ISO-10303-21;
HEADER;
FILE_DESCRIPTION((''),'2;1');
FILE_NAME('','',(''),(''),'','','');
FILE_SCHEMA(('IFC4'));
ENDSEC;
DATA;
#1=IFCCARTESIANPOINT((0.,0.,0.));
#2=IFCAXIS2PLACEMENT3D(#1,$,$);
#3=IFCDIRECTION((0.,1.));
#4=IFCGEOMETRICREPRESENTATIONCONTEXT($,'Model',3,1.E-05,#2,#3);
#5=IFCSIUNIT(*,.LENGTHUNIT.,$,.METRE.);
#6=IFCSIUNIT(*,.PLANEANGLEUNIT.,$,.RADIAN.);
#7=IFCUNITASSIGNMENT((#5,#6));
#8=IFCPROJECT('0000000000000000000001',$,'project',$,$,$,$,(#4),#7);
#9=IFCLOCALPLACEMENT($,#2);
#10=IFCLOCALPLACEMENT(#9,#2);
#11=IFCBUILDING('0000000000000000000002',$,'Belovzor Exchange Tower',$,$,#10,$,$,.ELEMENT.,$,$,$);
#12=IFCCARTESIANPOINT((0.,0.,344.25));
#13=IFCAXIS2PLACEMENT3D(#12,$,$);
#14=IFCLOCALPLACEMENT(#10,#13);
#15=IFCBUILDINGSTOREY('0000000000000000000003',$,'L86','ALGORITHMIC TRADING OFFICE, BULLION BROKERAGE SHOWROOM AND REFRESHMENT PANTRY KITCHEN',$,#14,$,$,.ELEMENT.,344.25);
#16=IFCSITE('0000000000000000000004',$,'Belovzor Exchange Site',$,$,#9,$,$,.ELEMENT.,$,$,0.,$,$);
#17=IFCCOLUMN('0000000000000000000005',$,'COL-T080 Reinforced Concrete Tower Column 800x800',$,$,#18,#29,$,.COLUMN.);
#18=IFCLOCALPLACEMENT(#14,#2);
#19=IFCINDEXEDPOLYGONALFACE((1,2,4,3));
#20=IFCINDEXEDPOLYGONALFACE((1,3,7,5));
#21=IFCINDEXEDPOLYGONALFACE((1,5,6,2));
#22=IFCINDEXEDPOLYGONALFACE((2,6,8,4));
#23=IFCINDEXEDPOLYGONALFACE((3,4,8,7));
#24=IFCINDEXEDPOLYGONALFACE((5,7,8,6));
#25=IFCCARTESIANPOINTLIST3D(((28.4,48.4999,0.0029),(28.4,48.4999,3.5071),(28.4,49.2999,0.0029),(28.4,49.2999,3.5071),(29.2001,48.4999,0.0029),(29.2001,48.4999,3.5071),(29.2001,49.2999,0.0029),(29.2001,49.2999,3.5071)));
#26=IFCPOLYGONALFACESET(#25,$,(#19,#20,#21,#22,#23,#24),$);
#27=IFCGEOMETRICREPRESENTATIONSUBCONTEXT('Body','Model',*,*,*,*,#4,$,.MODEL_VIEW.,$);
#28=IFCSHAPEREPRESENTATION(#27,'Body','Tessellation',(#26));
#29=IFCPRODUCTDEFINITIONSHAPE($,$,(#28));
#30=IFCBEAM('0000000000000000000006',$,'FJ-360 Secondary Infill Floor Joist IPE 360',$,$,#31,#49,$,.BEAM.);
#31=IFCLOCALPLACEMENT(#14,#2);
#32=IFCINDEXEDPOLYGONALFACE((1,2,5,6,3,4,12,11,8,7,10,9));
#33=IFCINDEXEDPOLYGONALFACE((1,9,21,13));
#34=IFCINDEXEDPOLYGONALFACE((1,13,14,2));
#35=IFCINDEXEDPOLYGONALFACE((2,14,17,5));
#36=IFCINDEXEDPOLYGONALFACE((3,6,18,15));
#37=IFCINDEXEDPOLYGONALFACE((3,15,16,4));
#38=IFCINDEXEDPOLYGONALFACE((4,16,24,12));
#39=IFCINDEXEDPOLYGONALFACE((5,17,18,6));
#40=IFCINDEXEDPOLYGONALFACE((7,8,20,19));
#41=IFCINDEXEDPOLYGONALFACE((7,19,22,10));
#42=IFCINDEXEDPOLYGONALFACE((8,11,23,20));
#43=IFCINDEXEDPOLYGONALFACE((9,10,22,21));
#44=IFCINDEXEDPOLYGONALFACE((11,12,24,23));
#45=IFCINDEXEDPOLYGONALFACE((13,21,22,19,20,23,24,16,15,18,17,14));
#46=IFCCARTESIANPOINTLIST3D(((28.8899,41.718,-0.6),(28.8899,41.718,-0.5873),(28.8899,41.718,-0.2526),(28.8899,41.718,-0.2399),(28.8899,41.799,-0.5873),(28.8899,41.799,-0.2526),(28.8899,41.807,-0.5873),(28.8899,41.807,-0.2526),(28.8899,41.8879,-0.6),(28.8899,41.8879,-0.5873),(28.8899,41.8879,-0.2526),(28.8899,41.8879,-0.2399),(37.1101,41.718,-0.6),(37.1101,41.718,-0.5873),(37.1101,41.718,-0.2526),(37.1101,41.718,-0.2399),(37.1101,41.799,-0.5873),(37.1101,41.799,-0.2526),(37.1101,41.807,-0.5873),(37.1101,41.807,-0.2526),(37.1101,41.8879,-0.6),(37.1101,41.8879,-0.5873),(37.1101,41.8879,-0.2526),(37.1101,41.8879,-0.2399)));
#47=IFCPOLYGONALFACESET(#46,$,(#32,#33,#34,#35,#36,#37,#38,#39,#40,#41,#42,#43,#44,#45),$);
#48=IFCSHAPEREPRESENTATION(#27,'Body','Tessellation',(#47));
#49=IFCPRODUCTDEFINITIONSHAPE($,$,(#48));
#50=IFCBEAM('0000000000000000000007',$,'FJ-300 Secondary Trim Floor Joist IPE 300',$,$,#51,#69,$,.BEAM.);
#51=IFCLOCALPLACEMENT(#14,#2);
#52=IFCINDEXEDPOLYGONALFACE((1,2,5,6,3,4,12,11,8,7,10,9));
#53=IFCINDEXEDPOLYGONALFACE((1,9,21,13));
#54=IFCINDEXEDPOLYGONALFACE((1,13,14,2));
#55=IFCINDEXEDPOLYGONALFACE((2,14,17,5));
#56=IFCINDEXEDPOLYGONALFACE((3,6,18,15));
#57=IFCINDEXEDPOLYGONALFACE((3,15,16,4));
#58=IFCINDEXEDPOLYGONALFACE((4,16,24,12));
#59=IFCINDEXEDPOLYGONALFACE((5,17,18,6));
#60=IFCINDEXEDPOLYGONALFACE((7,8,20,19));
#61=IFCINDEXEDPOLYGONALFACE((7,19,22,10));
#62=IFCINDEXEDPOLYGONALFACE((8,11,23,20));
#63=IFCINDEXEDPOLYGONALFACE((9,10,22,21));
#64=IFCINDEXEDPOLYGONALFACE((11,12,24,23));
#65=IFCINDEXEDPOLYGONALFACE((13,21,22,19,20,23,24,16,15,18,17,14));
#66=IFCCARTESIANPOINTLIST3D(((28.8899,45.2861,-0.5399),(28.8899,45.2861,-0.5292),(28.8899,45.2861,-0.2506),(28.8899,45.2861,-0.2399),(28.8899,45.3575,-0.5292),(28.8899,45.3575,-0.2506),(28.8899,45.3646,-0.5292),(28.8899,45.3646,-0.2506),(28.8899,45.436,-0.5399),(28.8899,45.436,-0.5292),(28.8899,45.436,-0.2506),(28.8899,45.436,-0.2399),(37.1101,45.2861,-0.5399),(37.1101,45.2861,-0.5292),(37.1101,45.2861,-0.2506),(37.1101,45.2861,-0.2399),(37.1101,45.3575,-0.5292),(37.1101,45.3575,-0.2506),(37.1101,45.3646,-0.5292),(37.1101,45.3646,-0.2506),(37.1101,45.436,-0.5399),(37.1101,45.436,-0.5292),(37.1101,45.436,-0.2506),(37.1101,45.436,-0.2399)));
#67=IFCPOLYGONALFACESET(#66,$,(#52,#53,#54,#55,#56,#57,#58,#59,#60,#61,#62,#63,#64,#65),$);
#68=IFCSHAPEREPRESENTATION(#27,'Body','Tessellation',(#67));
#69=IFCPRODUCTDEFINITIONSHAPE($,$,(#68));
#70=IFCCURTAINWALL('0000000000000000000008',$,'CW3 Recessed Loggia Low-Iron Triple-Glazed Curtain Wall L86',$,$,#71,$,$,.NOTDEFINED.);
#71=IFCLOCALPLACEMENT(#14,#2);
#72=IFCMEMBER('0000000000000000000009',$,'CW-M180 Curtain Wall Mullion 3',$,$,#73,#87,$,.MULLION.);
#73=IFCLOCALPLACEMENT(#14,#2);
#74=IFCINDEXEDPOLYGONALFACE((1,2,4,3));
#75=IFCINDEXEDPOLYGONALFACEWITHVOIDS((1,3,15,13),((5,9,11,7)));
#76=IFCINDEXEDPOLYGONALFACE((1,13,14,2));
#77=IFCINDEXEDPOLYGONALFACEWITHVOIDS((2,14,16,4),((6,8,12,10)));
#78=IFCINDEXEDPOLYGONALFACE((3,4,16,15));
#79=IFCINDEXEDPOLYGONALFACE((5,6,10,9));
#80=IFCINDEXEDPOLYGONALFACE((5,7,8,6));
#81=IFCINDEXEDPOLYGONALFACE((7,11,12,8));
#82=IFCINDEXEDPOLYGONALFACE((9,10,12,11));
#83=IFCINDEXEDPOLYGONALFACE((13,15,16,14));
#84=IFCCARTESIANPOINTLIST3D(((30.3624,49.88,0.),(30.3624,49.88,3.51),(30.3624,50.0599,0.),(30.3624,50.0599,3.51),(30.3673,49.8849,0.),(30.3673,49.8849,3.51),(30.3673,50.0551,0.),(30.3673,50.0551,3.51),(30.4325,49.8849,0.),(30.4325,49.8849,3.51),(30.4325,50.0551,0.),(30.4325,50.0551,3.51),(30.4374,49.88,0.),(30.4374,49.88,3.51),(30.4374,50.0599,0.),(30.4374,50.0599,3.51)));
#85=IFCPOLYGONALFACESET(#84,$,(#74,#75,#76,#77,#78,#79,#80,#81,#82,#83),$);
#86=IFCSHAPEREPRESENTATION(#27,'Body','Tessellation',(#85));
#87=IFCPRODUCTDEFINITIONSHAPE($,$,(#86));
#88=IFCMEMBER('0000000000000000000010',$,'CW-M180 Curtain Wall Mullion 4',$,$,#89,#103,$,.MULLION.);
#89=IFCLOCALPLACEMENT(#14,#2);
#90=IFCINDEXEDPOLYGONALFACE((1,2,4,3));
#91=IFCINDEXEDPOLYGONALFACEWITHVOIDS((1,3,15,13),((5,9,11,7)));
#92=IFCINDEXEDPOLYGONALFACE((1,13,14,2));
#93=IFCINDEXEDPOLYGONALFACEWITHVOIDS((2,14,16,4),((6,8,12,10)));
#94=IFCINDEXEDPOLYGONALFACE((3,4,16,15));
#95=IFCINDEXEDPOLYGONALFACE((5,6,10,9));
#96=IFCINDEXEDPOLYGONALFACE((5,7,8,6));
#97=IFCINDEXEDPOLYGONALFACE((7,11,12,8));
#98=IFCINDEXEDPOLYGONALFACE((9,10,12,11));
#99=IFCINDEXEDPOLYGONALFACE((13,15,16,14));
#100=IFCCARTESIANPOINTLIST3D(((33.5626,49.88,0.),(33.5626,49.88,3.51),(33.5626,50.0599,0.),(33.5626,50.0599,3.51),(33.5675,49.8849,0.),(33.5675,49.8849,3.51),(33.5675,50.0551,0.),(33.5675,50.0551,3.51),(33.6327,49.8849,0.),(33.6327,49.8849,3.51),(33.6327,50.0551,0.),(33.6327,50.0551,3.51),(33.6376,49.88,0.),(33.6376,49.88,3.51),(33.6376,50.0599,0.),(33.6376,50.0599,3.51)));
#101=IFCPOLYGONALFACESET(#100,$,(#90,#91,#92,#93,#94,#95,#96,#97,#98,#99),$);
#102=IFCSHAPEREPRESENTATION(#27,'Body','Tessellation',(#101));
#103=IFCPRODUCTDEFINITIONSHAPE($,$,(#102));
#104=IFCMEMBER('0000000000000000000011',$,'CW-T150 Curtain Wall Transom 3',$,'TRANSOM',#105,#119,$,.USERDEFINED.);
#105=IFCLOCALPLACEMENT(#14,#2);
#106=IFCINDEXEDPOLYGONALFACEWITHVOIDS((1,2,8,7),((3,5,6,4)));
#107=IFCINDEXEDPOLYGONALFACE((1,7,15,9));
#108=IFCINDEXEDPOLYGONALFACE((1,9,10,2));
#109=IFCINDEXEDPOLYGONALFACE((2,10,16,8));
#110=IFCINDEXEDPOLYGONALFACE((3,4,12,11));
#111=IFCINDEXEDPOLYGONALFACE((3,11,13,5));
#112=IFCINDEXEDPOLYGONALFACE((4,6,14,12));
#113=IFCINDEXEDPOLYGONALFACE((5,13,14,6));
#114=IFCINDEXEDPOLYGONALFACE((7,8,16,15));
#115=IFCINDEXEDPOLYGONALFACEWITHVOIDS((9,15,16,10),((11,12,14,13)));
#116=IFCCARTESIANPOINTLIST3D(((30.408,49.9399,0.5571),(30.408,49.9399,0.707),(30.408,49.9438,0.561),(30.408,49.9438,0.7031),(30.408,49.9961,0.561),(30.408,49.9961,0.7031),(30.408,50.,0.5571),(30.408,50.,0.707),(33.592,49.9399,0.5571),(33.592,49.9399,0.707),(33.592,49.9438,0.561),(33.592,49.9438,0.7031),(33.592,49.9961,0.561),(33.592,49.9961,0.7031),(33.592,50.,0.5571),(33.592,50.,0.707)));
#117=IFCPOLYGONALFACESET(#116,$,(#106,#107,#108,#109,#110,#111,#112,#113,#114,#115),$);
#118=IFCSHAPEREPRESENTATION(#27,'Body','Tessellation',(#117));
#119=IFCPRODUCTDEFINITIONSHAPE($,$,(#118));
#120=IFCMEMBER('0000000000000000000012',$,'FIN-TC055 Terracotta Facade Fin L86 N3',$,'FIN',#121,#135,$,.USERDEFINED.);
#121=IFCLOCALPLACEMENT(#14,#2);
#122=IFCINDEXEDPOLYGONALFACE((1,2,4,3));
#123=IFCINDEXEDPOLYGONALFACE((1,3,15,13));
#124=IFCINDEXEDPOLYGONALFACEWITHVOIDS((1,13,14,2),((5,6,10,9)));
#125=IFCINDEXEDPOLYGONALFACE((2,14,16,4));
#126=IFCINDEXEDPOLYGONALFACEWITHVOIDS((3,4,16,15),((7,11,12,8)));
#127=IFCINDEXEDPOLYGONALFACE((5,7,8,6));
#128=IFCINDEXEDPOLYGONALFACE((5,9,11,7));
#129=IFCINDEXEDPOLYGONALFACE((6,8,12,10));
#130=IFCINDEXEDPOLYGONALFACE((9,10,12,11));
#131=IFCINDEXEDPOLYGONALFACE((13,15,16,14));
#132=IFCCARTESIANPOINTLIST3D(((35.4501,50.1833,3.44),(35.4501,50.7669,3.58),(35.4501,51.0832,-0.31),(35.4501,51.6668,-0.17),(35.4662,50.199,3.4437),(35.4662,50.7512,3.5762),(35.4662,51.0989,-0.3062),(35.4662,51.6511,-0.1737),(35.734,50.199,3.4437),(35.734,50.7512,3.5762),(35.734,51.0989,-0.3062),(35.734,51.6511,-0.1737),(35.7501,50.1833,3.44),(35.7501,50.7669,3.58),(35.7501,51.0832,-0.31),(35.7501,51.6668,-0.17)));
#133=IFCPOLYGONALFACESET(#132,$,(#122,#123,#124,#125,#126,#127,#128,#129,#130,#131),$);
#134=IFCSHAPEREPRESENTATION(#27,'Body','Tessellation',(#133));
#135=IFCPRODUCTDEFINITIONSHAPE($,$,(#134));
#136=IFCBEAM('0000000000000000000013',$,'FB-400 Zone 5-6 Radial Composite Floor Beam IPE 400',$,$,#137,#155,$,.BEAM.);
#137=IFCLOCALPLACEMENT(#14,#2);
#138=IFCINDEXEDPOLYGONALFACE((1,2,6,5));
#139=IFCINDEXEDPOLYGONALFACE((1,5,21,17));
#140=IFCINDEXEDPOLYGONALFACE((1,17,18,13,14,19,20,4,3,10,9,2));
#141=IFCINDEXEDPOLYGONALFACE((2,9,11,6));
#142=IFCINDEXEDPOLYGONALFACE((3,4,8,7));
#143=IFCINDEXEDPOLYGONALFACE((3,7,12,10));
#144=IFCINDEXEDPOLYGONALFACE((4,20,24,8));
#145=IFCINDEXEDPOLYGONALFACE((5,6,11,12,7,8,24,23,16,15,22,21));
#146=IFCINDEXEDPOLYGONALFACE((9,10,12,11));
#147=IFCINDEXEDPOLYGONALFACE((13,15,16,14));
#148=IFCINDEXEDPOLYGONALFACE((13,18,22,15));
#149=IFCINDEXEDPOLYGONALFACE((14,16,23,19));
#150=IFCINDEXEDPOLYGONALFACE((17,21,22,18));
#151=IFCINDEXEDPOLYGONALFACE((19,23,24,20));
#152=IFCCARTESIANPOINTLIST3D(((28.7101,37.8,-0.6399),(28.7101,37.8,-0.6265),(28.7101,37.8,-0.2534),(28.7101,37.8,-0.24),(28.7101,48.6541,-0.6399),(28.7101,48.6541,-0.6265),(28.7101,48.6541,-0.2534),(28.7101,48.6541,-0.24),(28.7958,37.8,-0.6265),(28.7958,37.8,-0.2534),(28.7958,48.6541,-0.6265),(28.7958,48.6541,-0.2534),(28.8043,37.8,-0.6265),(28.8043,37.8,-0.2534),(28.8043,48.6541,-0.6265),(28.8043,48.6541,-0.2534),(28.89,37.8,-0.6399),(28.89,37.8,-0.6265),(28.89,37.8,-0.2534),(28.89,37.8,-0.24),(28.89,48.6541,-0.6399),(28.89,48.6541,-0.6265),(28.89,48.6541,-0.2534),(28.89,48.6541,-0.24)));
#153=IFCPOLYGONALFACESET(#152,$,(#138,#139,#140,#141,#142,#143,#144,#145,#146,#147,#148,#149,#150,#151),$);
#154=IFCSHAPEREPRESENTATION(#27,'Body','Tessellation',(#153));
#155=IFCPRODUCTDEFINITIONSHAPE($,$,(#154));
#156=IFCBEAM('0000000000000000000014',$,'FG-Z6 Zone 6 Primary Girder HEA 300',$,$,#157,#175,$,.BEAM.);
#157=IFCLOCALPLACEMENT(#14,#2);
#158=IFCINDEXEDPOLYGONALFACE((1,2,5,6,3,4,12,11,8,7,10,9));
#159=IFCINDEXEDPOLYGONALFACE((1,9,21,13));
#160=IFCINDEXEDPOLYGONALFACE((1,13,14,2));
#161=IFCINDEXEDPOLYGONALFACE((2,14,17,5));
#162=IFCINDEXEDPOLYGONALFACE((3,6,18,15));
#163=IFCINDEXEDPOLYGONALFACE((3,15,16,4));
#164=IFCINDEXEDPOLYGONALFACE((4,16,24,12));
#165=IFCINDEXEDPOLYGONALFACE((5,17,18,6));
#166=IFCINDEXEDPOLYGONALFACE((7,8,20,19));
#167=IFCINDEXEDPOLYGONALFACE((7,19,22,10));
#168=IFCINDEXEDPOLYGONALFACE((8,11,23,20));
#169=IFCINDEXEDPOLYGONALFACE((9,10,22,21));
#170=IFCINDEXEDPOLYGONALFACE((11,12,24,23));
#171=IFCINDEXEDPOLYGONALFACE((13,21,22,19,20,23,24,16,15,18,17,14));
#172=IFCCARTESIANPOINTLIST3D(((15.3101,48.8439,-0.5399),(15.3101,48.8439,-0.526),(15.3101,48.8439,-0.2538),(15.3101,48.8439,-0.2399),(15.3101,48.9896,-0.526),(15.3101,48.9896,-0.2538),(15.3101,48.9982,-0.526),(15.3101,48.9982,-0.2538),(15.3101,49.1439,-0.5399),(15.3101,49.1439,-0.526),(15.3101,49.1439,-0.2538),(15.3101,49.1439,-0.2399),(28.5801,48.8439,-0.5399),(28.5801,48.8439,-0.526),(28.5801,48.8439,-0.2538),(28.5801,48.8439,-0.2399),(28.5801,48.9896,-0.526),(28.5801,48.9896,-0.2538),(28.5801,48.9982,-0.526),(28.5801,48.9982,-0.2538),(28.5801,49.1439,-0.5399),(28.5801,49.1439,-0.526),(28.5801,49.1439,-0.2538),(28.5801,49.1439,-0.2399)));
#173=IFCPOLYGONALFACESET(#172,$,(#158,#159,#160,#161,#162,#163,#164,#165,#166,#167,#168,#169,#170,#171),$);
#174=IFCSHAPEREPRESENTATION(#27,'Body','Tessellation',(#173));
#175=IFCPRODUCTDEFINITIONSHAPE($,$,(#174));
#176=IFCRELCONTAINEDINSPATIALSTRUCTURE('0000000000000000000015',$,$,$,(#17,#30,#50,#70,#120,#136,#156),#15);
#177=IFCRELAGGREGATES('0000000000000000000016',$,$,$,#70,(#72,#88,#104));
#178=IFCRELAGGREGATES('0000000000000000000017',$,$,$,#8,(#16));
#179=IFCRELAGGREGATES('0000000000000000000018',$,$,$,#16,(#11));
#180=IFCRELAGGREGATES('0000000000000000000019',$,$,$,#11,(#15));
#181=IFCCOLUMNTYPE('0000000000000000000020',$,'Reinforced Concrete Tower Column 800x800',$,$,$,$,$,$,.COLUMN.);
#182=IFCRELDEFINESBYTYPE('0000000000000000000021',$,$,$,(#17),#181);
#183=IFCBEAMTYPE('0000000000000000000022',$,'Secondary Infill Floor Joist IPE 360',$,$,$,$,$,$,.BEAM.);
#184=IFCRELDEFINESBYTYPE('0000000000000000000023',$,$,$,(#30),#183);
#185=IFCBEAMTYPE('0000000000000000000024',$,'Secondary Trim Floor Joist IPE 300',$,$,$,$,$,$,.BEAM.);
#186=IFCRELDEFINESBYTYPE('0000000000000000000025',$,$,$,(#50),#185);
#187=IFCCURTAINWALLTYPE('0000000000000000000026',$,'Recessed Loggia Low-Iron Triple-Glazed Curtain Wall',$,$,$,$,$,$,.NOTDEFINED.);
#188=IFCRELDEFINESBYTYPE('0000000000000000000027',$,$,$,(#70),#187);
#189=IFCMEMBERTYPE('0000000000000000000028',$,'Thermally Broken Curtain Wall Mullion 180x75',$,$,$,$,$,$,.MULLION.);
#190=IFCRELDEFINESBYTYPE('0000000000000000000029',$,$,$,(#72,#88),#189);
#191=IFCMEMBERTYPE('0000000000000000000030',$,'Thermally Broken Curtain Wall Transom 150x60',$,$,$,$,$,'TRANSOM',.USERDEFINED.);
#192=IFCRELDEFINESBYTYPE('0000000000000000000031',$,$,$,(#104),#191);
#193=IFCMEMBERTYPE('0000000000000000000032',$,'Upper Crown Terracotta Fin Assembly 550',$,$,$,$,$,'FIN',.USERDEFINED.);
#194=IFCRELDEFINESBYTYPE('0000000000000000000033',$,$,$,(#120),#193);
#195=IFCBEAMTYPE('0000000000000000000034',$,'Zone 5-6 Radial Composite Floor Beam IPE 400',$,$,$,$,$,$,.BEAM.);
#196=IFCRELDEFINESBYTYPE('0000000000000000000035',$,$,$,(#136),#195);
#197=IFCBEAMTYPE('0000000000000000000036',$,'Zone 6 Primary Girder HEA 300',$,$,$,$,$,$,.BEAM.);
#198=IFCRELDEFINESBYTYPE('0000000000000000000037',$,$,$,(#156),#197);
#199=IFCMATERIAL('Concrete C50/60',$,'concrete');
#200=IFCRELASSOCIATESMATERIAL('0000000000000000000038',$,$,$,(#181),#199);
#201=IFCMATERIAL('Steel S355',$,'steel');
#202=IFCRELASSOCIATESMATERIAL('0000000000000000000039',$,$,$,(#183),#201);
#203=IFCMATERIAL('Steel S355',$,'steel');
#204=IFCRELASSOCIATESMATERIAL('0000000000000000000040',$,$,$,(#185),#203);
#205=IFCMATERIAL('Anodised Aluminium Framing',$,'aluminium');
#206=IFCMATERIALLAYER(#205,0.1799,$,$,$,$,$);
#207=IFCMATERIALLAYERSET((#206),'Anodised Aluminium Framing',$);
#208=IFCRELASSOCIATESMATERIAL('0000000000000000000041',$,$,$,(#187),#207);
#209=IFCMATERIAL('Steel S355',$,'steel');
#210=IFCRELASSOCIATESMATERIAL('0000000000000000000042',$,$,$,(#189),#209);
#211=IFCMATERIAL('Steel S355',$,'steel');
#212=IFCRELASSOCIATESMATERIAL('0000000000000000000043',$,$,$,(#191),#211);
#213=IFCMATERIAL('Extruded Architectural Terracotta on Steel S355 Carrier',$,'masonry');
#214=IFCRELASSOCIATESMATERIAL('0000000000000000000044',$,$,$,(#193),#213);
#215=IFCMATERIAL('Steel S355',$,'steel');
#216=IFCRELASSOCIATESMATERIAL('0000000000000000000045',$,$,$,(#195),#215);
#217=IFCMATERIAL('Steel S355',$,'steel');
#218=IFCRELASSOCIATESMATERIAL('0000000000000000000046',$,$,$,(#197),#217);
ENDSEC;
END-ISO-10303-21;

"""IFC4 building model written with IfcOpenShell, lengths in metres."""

from ifc_helpers import new_model, si_unit, direction, frame, origin, origin_2d, place, context, subcontext, project, spatial, rectangle, hollow_rectangle, i_section, extrude, material, layer, layer_set, material_profile, profile_set, type_object, element, aggregate, save


model = new_model("IFC4")

# Units and contexts
model_context = context("Model", 3, precision=1e-05, world=origin(), true_north=direction((0.0, 1.0)))
body_context = subcontext(model_context, "Body", "Model", "MODEL_VIEW")
ifc_project = project(units=[si_unit("LENGTHUNIT", "METRE"), si_unit("PLANEANGLEUNIT", "RADIAN")], contexts=[model_context])

# Site, building, storey
site_placement = place(None, origin())
site = spatial("IfcSite", under=ifc_project, at=site_placement, Name="Belovzor Exchange Site", CompositionType="ELEMENT", RefElevation=0.0)
building_placement = place(site_placement, origin())
building = spatial("IfcBuilding", under=site, at=building_placement, Name="Belovzor Exchange Tower", CompositionType="ELEMENT")
storey_placement = place(building_placement, frame((0.0, 0.0, 344.25)))
storey = spatial("IfcBuildingStorey", under=building, at=storey_placement, Name="L86", Description="ALGORITHMIC TRADING OFFICE, BULLION BROKERAGE SHOWROOM AND REFRESHMENT PANTRY KITCHEN", CompositionType="ELEMENT", Elevation=344.25)

# Column
ifc_material_1 = material(Name="Concrete C50/60", Category="concrete")
ifc_material_profile_1 = material_profile(ifc_material_1, rectangle(XDim=0.8, YDim=0.8, at=origin_2d()))
ifc_profile_set_1 = profile_set([ifc_material_profile_1], Name="Concrete C50/60")
column_type = type_object("IfcColumnType", Name="Reinforced Concrete Tower Column 800x800", PredefinedType="COLUMN", material=ifc_profile_set_1)
column_placement = place(storey_placement, frame((28.8, 48.8999, 0.0029), z_axis=(0.0, 0.0, 1.0), x_axis=(1.0, 0.0, 0.0)))
element("IfcColumn", 1, at=column_placement, inside=storey, type_object=column_type, Name="COL-T080 Reinforced Concrete Tower Column 800x800", PredefinedType="COLUMN", context=body_context, shape_type="SweptSolid", body=[
    extrude(rectangle(XDim=0.8, YDim=0.8, at=origin_2d()), origin(), (0.0, 0.0, 1.0), 3.5042),
])

# Beams
ifc_material_2 = material(Name="Steel S355", Category="steel")
ifc_material_profile_2 = material_profile(ifc_material_2, i_section(OverallWidth=0.1699, OverallDepth=0.3601, WebThickness=0.0081, FlangeThickness=0.0127, at=origin_2d()))
ifc_profile_set_2 = profile_set([ifc_material_profile_2], Name="Steel S355")
beam_type_1 = type_object("IfcBeamType", Name="Secondary Infill Floor Joist IPE 360", PredefinedType="BEAM", material=ifc_profile_set_2)
beam_1_placement = place(storey_placement, frame((28.8899, 41.803, -0.4199), z_axis=(1.0, 0.0, 0.0), x_axis=(0.0, 1.0, 0.0)))
element("IfcBeam", 2, at=beam_1_placement, inside=storey, type_object=beam_type_1, Name="FJ-360 Secondary Infill Floor Joist IPE 360", PredefinedType="BEAM", context=body_context, shape_type="SweptSolid", body=[
    extrude(i_section(OverallWidth=0.1699, OverallDepth=0.3601, WebThickness=0.0081, FlangeThickness=0.0127, at=origin_2d()), origin(), (0.0, 0.0, 1.0), 8.2202),
])
ifc_material_3 = material(Name="Steel S355", Category="steel")
ifc_material_profile_3 = material_profile(ifc_material_3, i_section(OverallWidth=0.1499, OverallDepth=0.3, WebThickness=0.0071, FlangeThickness=0.0107, at=origin_2d()))
ifc_profile_set_3 = profile_set([ifc_material_profile_3], Name="Steel S355")
beam_type_2 = type_object("IfcBeamType", Name="Secondary Trim Floor Joist IPE 300", PredefinedType="BEAM", material=ifc_profile_set_3)
beam_2_placement = place(storey_placement, frame((28.8899, 45.3611, -0.3899), z_axis=(1.0, 0.0, 0.0), x_axis=(0.0, 1.0, 0.0)))
element("IfcBeam", 3, at=beam_2_placement, inside=storey, type_object=beam_type_2, Name="FJ-300 Secondary Trim Floor Joist IPE 300", PredefinedType="BEAM", context=body_context, shape_type="SweptSolid", body=[
    extrude(i_section(OverallWidth=0.1499, OverallDepth=0.3, WebThickness=0.0071, FlangeThickness=0.0107, at=origin_2d()), origin(), (0.0, 0.0, 1.0), 8.2202),
])

# Curtain wall, members
ifc_material_4 = material(Name="Anodised Aluminium Framing", Category="aluminium")
ifc_layer_1 = layer(ifc_material_4, 0.1799)
ifc_layer_set_1 = layer_set([ifc_layer_1], Name="Anodised Aluminium Framing")
curtain_wall_type = type_object("IfcCurtainWallType", Name="Recessed Loggia Low-Iron Triple-Glazed Curtain Wall", PredefinedType="NOTDEFINED", material=ifc_layer_set_1)
curtain_wall_placement = place(storey_placement, origin())
curtain_wall = element("IfcCurtainWall", 4, at=curtain_wall_placement, inside=storey, type_object=curtain_wall_type, Name="CW3 Recessed Loggia Low-Iron Triple-Glazed Curtain Wall L86", PredefinedType="NOTDEFINED")
ifc_material_5 = material(Name="Steel S355", Category="steel")
ifc_material_profile_4 = material_profile(ifc_material_5, hollow_rectangle(XDim=0.075, YDim=0.1799, WallThickness=0.0049, at=origin_2d()))
ifc_profile_set_4 = profile_set([ifc_material_profile_4], Name="Steel S355")
member_type_1 = type_object("IfcMemberType", Name="Thermally Broken Curtain Wall Mullion 180x75", PredefinedType="MULLION", material=ifc_profile_set_4)
member_1_placement = place(storey_placement, frame((30.3999, 49.97, 0.0), z_axis=(0.0, 0.0, 1.0), x_axis=(1.0, 0.0, 0.0)))
member_1 = element("IfcMember", 5, at=member_1_placement, type_object=member_type_1, Name="CW-M180 Curtain Wall Mullion 3", PredefinedType="MULLION", context=body_context, shape_type="SweptSolid", body=[
    extrude(hollow_rectangle(XDim=0.075, YDim=0.1799, WallThickness=0.0049, at=origin_2d()), origin(), (0.0, 0.0, 1.0), 3.51),
])
member_2_placement = place(storey_placement, frame((33.6001, 49.97, 0.0), z_axis=(0.0, 0.0, 1.0), x_axis=(1.0, 0.0, 0.0)))
member_2 = element("IfcMember", 6, at=member_2_placement, type_object=member_type_1, Name="CW-M180 Curtain Wall Mullion 4", PredefinedType="MULLION", context=body_context, shape_type="SweptSolid", body=[
    extrude(hollow_rectangle(XDim=0.075, YDim=0.1799, WallThickness=0.0049, at=origin_2d()), origin(), (0.0, 0.0, 1.0), 3.51),
])
ifc_material_6 = material(Name="Steel S355", Category="steel")
ifc_material_profile_5 = material_profile(ifc_material_6, hollow_rectangle(XDim=0.0601, YDim=0.1499, WallThickness=0.0039, at=origin_2d()))
ifc_profile_set_5 = profile_set([ifc_material_profile_5], Name="Steel S355")
member_type_2 = type_object("IfcMemberType", Name="Thermally Broken Curtain Wall Transom 150x60", ElementType="TRANSOM", PredefinedType="USERDEFINED", material=ifc_profile_set_5)
member_3_placement = place(storey_placement, frame((30.408, 49.97, 0.6321), z_axis=(1.0, 0.0, 0.0), x_axis=(0.0, 1.0, 0.0)))
member_3 = element("IfcMember", 7, at=member_3_placement, type_object=member_type_2, Name="CW-T150 Curtain Wall Transom 3", ObjectType="TRANSOM", PredefinedType="USERDEFINED", context=body_context, shape_type="SweptSolid", body=[
    extrude(hollow_rectangle(XDim=0.0601, YDim=0.1499, WallThickness=0.0039, at=origin_2d()), origin(), (0.0, 0.0, 1.0), 3.1841),
])

# Member
ifc_material_7 = material(Name="Extruded Architectural Terracotta on Steel S355 Carrier", Category="masonry")
ifc_material_profile_6 = material_profile(ifc_material_7, hollow_rectangle(XDim=0.3, YDim=0.6001, WallThickness=0.0161, at=origin_2d()))
ifc_profile_set_6 = profile_set([ifc_material_profile_6], Name="Extruded Architectural Terracotta on Steel S355 Carrier")
member_type_3 = type_object("IfcMemberType", Name="Upper Crown Terracotta Fin Assembly 550", ElementType="FIN", PredefinedType="USERDEFINED", material=ifc_profile_set_6)
member_4_placement = place(storey_placement, frame((35.6001, 51.375, -0.24), z_axis=(0.0, -0.233349, 0.972393), x_axis=(1.0, 0.0, 0.0)))
element("IfcMember", 8, at=member_4_placement, inside=storey, type_object=member_type_3, Name="FIN-TC055 Terracotta Facade Fin L86 N3", ObjectType="FIN", PredefinedType="USERDEFINED", context=body_context, shape_type="SweptSolid", body=[
    extrude(hollow_rectangle(XDim=0.3, YDim=0.6001, WallThickness=0.0161, at=origin_2d()), origin(), (0.0, 0.0, 1.0), 3.8564),
])

# Beams
ifc_material_8 = material(Name="Steel S355", Category="steel")
ifc_material_profile_7 = material_profile(ifc_material_8, i_section(OverallWidth=0.1799, OverallDepth=0.3999, WebThickness=0.0085, FlangeThickness=0.0134, at=origin_2d()))
ifc_profile_set_7 = profile_set([ifc_material_profile_7], Name="Steel S355")
beam_type_3 = type_object("IfcBeamType", Name="Zone 5-6 Radial Composite Floor Beam IPE 400", PredefinedType="BEAM", material=ifc_profile_set_7)
beam_3_placement = place(storey_placement, frame((28.8, 37.8, -0.4399), z_axis=(0.0, 1.0, 0.0), x_axis=(-1.0, 0.0, 0.0)))
element("IfcBeam", 9, at=beam_3_placement, inside=storey, type_object=beam_type_3, Name="FB-400 Zone 5-6 Radial Composite Floor Beam IPE 400", PredefinedType="BEAM", context=body_context, shape_type="SweptSolid", body=[
    extrude(i_section(OverallWidth=0.1799, OverallDepth=0.3999, WebThickness=0.0085, FlangeThickness=0.0134, at=origin_2d()), origin(), (0.0, 0.0, 1.0), 10.854),
])
ifc_material_9 = material(Name="Steel S355", Category="steel")
ifc_material_profile_8 = material_profile(ifc_material_9, i_section(OverallWidth=0.3, OverallDepth=0.3, WebThickness=0.0085, FlangeThickness=0.0139, at=origin_2d()))
ifc_profile_set_8 = profile_set([ifc_material_profile_8], Name="Steel S355")
beam_type_4 = type_object("IfcBeamType", Name="Zone 6 Primary Girder HEA 300", PredefinedType="BEAM", material=ifc_profile_set_8)
beam_4_placement = place(storey_placement, frame((28.5801, 48.9939, -0.3899), z_axis=(-1.0, 0.0, 0.0), x_axis=(0.0, -1.0, 0.0)))
element("IfcBeam", 10, at=beam_4_placement, inside=storey, type_object=beam_type_4, Name="FG-Z6 Zone 6 Primary Girder HEA 300", PredefinedType="BEAM", context=body_context, shape_type="SweptSolid", body=[
    extrude(i_section(OverallWidth=0.3, OverallDepth=0.3, WebThickness=0.0085, FlangeThickness=0.0139, at=origin_2d()), origin(), (0.0, 0.0, 1.0), 13.27),
])

aggregate(curtain_wall, [member_1, member_2, member_3])

save(model, "model.ifc")
